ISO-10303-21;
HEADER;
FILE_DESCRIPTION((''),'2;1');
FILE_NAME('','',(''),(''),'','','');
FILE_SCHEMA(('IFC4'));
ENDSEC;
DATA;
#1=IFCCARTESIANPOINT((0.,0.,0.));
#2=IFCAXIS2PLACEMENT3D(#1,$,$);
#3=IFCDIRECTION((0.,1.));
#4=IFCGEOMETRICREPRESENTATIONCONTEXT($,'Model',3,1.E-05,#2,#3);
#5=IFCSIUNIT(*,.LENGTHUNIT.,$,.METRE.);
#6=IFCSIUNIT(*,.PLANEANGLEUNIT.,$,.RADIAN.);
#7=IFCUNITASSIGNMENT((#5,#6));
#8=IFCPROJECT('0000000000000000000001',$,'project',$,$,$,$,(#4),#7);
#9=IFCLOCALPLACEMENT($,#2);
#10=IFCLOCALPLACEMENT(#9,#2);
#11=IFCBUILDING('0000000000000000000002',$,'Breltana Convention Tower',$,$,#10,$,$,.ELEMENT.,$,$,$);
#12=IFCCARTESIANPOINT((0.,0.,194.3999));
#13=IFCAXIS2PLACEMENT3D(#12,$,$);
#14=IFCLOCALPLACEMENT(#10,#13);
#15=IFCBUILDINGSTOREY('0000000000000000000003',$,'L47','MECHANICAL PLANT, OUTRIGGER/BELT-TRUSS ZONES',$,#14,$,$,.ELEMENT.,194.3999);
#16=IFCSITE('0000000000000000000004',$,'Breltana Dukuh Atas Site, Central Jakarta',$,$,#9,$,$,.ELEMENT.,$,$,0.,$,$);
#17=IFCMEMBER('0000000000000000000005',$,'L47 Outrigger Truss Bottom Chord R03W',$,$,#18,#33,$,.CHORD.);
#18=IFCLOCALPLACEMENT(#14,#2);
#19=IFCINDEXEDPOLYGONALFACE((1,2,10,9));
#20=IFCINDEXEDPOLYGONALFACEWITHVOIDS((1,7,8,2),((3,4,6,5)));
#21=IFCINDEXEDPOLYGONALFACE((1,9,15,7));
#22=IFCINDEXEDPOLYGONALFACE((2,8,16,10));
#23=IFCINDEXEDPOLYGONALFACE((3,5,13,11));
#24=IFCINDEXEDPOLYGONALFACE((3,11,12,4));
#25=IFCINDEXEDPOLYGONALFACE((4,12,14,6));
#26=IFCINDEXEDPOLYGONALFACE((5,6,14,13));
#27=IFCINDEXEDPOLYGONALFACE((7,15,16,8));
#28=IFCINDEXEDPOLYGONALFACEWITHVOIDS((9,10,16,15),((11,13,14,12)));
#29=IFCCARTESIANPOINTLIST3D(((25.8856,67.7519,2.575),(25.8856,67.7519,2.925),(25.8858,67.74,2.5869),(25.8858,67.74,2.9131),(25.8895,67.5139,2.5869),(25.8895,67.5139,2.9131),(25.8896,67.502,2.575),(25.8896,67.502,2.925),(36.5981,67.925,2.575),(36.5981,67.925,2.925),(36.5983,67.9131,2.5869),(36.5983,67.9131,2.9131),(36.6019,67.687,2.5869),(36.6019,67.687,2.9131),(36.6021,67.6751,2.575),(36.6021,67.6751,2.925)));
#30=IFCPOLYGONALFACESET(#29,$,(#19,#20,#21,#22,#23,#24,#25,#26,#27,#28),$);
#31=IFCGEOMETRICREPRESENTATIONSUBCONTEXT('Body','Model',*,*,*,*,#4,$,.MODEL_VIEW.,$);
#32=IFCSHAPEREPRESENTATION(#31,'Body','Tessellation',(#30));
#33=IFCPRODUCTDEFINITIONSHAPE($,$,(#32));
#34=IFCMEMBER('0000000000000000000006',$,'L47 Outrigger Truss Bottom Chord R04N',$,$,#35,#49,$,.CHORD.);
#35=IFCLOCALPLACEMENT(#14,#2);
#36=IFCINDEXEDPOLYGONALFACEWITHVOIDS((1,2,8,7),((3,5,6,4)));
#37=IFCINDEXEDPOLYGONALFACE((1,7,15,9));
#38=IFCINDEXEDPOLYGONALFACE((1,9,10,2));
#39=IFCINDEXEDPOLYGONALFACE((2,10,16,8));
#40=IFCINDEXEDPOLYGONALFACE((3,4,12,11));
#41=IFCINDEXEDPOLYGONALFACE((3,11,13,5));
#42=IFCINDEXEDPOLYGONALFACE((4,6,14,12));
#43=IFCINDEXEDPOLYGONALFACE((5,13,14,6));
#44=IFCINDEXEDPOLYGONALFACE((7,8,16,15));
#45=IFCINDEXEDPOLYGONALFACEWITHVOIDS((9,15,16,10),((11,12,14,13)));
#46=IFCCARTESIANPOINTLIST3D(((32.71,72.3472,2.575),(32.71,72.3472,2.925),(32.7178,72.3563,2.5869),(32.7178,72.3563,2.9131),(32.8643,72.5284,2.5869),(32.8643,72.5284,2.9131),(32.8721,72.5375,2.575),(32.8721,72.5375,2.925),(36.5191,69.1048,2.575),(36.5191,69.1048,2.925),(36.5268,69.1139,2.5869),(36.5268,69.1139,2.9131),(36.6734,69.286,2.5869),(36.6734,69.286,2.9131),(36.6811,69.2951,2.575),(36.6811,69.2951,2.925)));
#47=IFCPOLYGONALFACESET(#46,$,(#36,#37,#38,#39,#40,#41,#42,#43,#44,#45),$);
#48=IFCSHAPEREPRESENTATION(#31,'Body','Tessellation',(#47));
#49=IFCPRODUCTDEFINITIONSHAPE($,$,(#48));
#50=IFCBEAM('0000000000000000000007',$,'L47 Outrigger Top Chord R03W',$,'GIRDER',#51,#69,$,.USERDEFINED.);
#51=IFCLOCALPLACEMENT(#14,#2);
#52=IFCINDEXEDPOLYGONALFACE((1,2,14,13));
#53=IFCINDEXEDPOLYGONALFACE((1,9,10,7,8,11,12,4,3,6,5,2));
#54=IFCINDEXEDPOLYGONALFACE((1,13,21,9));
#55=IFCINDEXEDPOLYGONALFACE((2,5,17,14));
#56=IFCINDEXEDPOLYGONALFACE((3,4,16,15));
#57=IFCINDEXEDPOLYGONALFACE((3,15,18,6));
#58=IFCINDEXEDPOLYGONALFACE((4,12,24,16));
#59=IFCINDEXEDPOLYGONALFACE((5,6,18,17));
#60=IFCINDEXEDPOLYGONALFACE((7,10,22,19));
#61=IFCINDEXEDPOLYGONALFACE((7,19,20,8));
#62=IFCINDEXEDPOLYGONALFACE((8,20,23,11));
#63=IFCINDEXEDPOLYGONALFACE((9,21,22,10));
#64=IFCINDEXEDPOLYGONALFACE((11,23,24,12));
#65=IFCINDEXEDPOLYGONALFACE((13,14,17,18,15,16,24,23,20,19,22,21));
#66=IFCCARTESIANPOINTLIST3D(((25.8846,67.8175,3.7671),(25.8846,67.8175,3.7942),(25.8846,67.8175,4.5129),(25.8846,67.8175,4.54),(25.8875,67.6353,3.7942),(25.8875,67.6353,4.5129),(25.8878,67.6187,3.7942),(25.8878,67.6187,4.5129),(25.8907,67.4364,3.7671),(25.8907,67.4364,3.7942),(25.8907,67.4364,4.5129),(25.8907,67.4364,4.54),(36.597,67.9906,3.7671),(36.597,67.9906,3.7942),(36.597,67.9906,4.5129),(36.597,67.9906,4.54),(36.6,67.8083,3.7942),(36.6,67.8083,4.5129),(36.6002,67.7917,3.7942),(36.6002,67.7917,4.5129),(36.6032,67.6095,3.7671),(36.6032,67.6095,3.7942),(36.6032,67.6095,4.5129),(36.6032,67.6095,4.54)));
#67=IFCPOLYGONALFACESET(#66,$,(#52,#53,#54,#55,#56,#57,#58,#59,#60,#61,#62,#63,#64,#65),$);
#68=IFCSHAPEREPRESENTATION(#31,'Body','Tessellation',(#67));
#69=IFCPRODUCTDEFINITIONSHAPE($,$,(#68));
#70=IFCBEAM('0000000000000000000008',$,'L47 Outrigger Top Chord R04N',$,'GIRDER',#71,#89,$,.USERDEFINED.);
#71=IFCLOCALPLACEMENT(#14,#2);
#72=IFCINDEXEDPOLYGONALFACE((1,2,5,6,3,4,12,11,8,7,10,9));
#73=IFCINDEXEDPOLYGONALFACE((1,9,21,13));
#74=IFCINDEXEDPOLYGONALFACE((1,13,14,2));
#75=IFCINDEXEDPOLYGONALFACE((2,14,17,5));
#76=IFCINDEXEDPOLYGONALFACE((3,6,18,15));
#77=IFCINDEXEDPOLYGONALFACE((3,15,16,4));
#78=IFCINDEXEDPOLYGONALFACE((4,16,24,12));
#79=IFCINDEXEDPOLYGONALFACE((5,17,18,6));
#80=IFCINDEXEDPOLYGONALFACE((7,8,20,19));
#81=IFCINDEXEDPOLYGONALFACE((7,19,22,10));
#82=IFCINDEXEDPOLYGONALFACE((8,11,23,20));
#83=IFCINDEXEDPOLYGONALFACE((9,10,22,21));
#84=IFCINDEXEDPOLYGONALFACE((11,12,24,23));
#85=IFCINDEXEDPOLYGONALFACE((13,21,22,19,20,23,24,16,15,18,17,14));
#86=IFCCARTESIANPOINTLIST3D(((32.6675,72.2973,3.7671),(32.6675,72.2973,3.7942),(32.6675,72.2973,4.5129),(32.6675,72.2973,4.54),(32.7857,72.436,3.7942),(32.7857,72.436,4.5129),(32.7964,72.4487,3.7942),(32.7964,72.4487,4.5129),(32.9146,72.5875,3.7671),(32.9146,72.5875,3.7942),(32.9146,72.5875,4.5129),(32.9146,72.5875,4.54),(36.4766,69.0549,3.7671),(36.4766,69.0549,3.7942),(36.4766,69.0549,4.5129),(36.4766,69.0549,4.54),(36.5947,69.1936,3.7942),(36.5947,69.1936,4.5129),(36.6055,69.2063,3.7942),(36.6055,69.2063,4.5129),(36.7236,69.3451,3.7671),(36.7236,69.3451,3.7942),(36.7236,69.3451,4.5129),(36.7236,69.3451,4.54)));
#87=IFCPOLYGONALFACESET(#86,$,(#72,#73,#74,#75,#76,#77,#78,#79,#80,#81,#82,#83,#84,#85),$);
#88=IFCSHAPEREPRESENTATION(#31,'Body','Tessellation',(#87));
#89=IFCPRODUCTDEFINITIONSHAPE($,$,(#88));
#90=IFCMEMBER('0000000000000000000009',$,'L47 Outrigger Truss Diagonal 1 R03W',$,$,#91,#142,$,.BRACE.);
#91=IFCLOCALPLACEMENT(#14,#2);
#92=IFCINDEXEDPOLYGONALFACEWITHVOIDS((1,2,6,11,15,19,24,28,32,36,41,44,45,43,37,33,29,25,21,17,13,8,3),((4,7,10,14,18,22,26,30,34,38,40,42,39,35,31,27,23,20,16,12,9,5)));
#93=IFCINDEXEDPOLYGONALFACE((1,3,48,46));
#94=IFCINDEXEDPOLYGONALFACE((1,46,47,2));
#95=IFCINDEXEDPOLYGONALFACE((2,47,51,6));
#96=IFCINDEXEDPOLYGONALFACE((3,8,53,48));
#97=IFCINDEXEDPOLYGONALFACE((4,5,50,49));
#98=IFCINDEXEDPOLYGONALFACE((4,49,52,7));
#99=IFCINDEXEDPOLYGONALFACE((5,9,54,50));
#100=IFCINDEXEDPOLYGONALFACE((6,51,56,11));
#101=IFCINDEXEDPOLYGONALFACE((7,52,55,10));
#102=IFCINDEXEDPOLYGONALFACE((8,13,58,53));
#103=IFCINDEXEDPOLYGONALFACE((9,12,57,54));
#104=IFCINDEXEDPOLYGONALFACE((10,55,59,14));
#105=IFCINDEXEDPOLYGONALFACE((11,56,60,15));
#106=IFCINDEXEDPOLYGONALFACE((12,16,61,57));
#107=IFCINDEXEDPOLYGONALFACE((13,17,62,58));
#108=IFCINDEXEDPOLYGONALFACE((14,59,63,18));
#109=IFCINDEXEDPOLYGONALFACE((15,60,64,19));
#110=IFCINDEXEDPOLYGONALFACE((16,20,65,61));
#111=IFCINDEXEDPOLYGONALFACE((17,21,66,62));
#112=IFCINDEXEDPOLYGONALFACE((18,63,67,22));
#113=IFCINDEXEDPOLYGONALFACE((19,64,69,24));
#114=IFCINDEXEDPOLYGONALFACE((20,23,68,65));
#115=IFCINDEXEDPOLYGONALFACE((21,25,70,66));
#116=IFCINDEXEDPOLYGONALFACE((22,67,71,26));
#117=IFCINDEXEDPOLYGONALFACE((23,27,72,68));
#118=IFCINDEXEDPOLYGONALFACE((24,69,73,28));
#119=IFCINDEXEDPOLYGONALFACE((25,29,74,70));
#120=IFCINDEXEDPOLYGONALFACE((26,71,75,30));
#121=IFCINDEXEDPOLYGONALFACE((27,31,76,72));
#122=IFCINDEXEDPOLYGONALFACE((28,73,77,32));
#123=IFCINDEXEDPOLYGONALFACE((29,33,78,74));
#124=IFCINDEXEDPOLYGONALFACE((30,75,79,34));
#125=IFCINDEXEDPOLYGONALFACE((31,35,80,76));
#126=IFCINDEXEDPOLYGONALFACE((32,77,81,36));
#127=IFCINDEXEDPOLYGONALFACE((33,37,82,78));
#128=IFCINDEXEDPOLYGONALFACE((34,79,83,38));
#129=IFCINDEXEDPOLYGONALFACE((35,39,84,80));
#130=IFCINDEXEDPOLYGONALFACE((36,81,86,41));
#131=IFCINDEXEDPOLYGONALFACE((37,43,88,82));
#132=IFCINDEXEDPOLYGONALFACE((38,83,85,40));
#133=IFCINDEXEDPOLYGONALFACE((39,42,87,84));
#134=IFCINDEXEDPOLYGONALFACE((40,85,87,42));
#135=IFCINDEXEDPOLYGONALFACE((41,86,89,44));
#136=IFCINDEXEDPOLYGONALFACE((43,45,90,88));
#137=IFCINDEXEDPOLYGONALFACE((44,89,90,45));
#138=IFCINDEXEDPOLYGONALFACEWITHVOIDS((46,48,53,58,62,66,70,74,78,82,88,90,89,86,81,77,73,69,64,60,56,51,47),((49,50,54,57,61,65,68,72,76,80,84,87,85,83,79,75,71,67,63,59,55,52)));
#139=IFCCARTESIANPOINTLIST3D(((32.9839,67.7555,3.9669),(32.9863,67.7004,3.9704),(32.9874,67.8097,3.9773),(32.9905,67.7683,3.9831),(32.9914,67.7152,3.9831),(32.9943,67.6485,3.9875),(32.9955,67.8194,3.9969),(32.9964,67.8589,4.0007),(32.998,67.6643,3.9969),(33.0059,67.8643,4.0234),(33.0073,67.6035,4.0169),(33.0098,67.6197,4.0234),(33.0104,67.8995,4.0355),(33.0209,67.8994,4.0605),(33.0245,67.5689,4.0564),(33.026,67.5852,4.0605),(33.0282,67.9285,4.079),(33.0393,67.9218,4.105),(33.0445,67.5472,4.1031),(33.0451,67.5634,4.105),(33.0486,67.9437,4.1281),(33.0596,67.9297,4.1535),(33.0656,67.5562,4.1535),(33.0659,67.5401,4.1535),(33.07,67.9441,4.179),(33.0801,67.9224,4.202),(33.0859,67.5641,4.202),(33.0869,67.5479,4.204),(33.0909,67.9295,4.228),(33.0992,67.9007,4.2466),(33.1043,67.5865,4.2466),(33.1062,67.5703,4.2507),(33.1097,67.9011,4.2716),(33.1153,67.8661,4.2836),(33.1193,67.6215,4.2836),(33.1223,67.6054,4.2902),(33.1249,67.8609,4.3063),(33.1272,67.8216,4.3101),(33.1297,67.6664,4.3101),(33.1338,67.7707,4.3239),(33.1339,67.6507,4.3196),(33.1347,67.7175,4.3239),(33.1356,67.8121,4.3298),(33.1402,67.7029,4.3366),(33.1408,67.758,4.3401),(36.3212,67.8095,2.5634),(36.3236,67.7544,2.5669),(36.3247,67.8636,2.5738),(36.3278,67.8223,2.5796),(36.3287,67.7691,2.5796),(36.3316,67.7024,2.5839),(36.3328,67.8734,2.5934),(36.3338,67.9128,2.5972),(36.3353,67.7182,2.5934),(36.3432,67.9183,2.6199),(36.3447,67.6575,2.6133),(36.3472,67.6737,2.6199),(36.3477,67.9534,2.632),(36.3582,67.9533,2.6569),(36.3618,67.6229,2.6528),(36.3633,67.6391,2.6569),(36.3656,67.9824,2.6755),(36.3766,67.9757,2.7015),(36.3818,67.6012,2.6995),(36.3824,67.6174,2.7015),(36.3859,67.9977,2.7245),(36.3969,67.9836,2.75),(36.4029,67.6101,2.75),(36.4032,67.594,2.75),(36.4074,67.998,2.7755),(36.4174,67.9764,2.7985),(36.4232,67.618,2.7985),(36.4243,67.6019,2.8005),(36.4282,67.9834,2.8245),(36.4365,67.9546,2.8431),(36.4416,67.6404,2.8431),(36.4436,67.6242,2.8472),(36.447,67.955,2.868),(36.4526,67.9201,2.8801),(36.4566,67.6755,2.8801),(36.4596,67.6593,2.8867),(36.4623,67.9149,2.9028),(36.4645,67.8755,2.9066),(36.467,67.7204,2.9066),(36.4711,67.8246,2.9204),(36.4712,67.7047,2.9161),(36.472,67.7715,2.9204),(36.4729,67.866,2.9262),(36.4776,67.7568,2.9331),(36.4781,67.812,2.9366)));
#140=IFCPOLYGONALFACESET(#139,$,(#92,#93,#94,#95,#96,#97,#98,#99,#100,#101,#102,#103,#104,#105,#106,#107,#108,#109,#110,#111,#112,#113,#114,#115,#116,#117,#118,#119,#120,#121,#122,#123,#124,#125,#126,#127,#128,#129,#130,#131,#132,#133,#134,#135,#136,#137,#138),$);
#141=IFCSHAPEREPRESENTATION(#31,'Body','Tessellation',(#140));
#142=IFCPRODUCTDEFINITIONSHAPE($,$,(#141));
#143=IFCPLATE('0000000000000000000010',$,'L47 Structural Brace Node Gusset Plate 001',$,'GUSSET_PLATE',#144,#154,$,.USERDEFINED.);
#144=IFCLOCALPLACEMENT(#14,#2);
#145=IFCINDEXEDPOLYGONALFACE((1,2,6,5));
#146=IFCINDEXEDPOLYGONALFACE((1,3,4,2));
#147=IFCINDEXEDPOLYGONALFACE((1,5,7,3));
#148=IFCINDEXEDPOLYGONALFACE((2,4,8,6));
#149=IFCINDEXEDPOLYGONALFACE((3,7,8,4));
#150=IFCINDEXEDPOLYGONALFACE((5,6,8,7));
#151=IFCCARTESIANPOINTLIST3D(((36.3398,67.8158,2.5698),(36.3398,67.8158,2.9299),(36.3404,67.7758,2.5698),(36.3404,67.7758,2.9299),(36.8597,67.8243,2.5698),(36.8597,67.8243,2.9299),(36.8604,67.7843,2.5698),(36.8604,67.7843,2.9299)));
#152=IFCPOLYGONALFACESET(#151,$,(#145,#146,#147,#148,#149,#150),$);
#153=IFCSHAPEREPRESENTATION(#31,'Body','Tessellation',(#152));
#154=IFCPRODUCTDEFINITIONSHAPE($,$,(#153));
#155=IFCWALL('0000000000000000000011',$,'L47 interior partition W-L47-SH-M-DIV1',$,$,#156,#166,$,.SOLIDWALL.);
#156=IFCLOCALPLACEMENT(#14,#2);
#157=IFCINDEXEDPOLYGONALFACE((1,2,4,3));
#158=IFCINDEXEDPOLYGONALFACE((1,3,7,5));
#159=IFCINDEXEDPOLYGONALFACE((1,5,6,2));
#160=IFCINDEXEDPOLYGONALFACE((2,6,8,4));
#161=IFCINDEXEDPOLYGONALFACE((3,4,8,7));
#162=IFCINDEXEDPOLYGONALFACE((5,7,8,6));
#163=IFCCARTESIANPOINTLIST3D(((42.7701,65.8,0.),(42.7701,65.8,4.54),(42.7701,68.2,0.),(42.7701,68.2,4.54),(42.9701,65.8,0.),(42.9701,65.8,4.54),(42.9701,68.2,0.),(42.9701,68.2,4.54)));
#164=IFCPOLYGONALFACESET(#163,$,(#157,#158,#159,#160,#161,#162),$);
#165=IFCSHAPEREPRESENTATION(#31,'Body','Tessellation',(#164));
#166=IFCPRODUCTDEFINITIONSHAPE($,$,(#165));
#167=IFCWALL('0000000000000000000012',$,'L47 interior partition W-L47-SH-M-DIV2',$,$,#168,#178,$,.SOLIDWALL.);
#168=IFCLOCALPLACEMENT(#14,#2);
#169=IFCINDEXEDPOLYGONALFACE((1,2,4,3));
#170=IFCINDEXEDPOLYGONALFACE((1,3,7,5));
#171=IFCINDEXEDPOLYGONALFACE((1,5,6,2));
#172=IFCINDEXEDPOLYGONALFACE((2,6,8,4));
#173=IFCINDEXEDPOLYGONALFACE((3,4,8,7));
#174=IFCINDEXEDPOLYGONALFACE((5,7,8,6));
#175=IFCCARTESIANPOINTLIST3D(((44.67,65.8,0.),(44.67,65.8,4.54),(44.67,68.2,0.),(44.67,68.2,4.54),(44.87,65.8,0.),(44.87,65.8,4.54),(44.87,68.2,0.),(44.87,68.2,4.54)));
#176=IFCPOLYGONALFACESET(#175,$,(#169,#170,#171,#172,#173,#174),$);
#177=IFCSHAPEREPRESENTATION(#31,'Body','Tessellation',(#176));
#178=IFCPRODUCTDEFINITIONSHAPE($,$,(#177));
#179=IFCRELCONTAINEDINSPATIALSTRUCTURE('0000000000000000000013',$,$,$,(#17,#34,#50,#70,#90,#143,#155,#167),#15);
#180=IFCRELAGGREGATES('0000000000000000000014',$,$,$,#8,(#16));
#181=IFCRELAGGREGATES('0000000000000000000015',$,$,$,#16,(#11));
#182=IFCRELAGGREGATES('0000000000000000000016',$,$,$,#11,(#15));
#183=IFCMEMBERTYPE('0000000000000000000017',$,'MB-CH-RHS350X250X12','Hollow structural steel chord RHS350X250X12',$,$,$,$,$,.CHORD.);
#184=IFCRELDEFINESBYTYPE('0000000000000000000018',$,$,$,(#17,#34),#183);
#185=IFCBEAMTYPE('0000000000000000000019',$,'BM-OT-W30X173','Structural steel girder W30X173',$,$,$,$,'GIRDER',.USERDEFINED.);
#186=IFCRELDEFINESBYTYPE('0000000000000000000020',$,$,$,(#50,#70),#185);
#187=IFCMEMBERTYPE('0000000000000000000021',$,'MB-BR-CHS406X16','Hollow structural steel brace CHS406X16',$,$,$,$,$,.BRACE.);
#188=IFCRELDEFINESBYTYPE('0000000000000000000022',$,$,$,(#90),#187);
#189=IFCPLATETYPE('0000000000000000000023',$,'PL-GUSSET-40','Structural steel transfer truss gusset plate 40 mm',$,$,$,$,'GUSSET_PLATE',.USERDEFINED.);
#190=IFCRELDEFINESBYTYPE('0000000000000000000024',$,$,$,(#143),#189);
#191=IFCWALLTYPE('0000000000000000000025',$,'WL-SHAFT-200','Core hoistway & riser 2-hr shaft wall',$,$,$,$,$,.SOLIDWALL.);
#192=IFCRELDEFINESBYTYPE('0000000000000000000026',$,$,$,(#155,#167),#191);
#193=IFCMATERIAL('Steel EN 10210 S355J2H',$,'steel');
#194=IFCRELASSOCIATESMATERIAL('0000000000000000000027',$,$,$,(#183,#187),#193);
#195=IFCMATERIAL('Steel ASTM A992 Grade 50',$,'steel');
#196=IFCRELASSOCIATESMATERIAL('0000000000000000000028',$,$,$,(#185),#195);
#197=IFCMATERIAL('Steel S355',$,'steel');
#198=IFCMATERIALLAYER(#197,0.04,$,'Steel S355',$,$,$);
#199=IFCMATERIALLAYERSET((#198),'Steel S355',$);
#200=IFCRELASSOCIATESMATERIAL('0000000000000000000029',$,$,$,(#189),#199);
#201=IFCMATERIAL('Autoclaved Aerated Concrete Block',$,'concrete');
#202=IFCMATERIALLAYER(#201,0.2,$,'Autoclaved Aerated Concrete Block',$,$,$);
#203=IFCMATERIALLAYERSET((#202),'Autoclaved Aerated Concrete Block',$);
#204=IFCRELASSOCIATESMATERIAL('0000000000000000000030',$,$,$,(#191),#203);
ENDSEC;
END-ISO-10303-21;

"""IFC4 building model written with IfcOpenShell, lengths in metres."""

from ifc_helpers import new_model, si_unit, direction, frame, frame_2d, origin, origin_2d, place, context, subcontext, project, spatial, rectangle, hollow_rectangle, hollow_circle, i_section, extrude, source, transform, mapped, material, layer, layer_set, material_profile, profile_set, type_object, type_shapes, element, save


model = new_model("IFC4")

# Units and contexts
model_context = context("Model", 3, precision=1e-05, world=origin(), true_north=direction((0.0, 1.0)))
body_context = subcontext(model_context, "Body", "Model", "MODEL_VIEW")
ifc_project = project(units=[si_unit("LENGTHUNIT", "METRE"), si_unit("PLANEANGLEUNIT", "RADIAN")], contexts=[model_context])

# Site, building, storey
site_placement = place(None, origin())
site = spatial("IfcSite", under=ifc_project, at=site_placement, Name="Breltana Dukuh Atas Site, Central Jakarta", CompositionType="ELEMENT", RefElevation=0.0)
building_placement = place(site_placement, origin())
building = spatial("IfcBuilding", under=site, at=building_placement, Name="Breltana Convention Tower", CompositionType="ELEMENT")
storey_placement = place(building_placement, frame((0.0, 0.0, 194.3999)))
storey = spatial("IfcBuildingStorey", under=building, at=storey_placement, Name="L47", Description="MECHANICAL PLANT, OUTRIGGER/BELT-TRUSS ZONES", CompositionType="ELEMENT", Elevation=194.3999)

# Members
ifc_material_1 = material(Name="Steel EN 10210 S355J2H", Category="steel")
ifc_material_profile_1 = material_profile(ifc_material_1, hollow_rectangle(XDim=0.25, YDim=0.3501, WallThickness=0.012, at=origin_2d()), Name="RHS350X250X12")
ifc_profile_set_1 = profile_set([ifc_material_profile_1], Name="Steel EN 10210 S355J2H")
member_type_1 = type_object("IfcMemberType", Name="MB-CH-RHS350X250X12", Description="Hollow structural steel chord RHS350X250X12", PredefinedType="CHORD", material=ifc_profile_set_1)
shared_shape_1 = source(origin(), body_context, "Body", "SweptSolid", [
    extrude(hollow_rectangle(XDim=0.25, YDim=0.3501, WallThickness=0.012, at=origin_2d()), origin(), (0.0, 0.0, 1.0), 10.7139),
])
type_shapes(member_type_1, [shared_shape_1])
member_1_placement = place(storey_placement, frame((36.6001, 67.8, 2.75), z_axis=(-0.999869, -0.016156, 0.0), x_axis=(0.016156, -0.999869, 0.0)))
element("IfcMember", 1, at=member_1_placement, inside=storey, type_object=member_type_1, Name="L47 Outrigger Truss Bottom Chord R03W", PredefinedType="CHORD", context=body_context, shape_type="MappedRepresentation", body=[
    mapped(shared_shape_1, transform((0.0, 0.0, 0.0), scale=1.0)),
])
shared_shape_2 = source(origin(), body_context, "Body", "SweptSolid", [
    extrude(hollow_rectangle(XDim=0.25, YDim=0.3501, WallThickness=0.012, at=origin_2d()), origin(), (0.0, 0.0, 1.0), 5.0022),
])
member_2_placement = place(storey_placement, frame((36.6001, 69.2, 2.75), z_axis=(-0.761474, 0.648195, 0.0), x_axis=(-0.648195, -0.761474, 0.0)))
element("IfcMember", 2, at=member_2_placement, inside=storey, type_object=member_type_1, Name="L47 Outrigger Truss Bottom Chord R04N", PredefinedType="CHORD", context=body_context, shape_type="MappedRepresentation", body=[
    mapped(shared_shape_2, transform((0.0, 0.0, 0.0), scale=1.0)),
])

# Beams
ifc_material_2 = material(Name="Steel ASTM A992 Grade 50", Category="steel")
ifc_material_profile_2 = material_profile(ifc_material_2, i_section(OverallWidth=0.3811, OverallDepth=0.7729, WebThickness=0.0166, FlangeThickness=0.0271, at=origin_2d()), Name="W30X173")
ifc_profile_set_2 = profile_set([ifc_material_profile_2], Name="Steel ASTM A992 Grade 50")
beam_type = type_object("IfcBeamType", Name="BM-OT-W30X173", Description="Structural steel girder W30X173", ElementType="GIRDER", PredefinedType="USERDEFINED", material=ifc_profile_set_2)
shared_shape_3 = source(origin(), body_context, "Body", "SweptSolid", [
    extrude(i_section(OverallWidth=0.3811, OverallDepth=0.7729, WebThickness=0.0166, FlangeThickness=0.0271, at=origin_2d()), origin(), (0.0, 0.0, 1.0), 10.7139),
])
type_shapes(beam_type, [shared_shape_3])
beam_1_placement = place(storey_placement, frame((36.6001, 67.8, 4.1536), z_axis=(-0.999869, -0.016156, 0.0), x_axis=(0.016156, -0.999869, 0.0)))
element("IfcBeam", 3, at=beam_1_placement, inside=storey, type_object=beam_type, Name="L47 Outrigger Top Chord R03W", ObjectType="GIRDER", PredefinedType="USERDEFINED", context=body_context, shape_type="MappedRepresentation", body=[
    mapped(shared_shape_3, transform((0.0, 0.0, 0.0), scale=1.0)),
])
shared_shape_4 = source(origin(), body_context, "Body", "SweptSolid", [
    extrude(i_section(OverallWidth=0.3811, OverallDepth=0.7729, WebThickness=0.0166, FlangeThickness=0.0271, at=origin_2d()), origin(), (0.0, 0.0, 1.0), 5.0022),
])
beam_2_placement = place(storey_placement, frame((36.6001, 69.2, 4.1536), z_axis=(-0.761474, 0.648195, 0.0), x_axis=(-0.648195, -0.761474, 0.0)))
element("IfcBeam", 4, at=beam_2_placement, inside=storey, type_object=beam_type, Name="L47 Outrigger Top Chord R04N", ObjectType="GIRDER", PredefinedType="USERDEFINED", context=body_context, shape_type="MappedRepresentation", body=[
    mapped(shared_shape_4, transform((0.0, 0.0, 0.0), scale=1.0)),
])

# Member
ifc_material_profile_3 = material_profile(ifc_material_1, hollow_circle(Radius=0.2029, WallThickness=0.0161, at=origin_2d()), Name="CHS406X16")
ifc_profile_set_3 = profile_set([ifc_material_profile_3], Name="Steel EN 10210 S355J2H")
member_type_2 = type_object("IfcMemberType", Name="MB-BR-CHS406X16", Description="Hollow structural steel brace CHS406X16", PredefinedType="BRACE", material=ifc_profile_set_3)
shared_shape_5 = source(origin(), body_context, "Body", "SweptSolid", [
    extrude(hollow_circle(Radius=0.2029, WallThickness=0.0161, at=origin_2d()), origin(), (0.0, 0.0, 1.0), 3.6208),
])
member_3_placement = place(storey_placement, frame((36.3999, 67.7969, 2.75), z_axis=(-0.921697, -0.014901, 0.387625), x_axis=(0.016165, -0.999869, 0.0)))
element("IfcMember", 5, at=member_3_placement, inside=storey, type_object=member_type_2, Name="L47 Outrigger Truss Diagonal 1 R03W", PredefinedType="BRACE", context=body_context, shape_type="MappedRepresentation", body=[
    mapped(shared_shape_5, transform((0.0, 0.0, 0.0), scale=1.0)),
])

# Plate
ifc_material_3 = material(Name="Steel S355", Category="steel")
ifc_layer_1 = layer(ifc_material_3, 0.04, Name="Steel S355")
ifc_layer_set_1 = layer_set([ifc_layer_1], Name="Steel S355")
plate_type = type_object("IfcPlateType", Name="PL-GUSSET-40", Description="Structural steel transfer truss gusset plate 40 mm", ElementType="GUSSET_PLATE", PredefinedType="USERDEFINED", material=ifc_layer_set_1)
shared_shape_6 = source(origin(), body_context, "Body", "SweptSolid", [
    extrude(rectangle(XDim=0.52, YDim=0.04, at=origin_2d()), origin(), (0.0, 0.0, 1.0), 0.3601),
])
plate_placement = place(storey_placement, frame((36.6001, 67.8, 2.5698), z_axis=(0.0, 0.0, 1.0), x_axis=(-0.999868, -0.016231, 0.0)))
element("IfcPlate", 6, at=plate_placement, inside=storey, type_object=plate_type, Name="L47 Structural Brace Node Gusset Plate 001", ObjectType="GUSSET_PLATE", PredefinedType="USERDEFINED", context=body_context, shape_type="MappedRepresentation", body=[
    mapped(shared_shape_6, transform((0.0, 0.0, 0.0), scale=1.0)),
])

# Walls
ifc_material_4 = material(Name="Autoclaved Aerated Concrete Block", Category="concrete")
ifc_layer_2 = layer(ifc_material_4, 0.2, Name="Autoclaved Aerated Concrete Block")
ifc_layer_set_2 = layer_set([ifc_layer_2], Name="Autoclaved Aerated Concrete Block")
wall_type = type_object("IfcWallType", Name="WL-SHAFT-200", Description="Core hoistway & riser 2-hr shaft wall", PredefinedType="SOLIDWALL", material=ifc_layer_set_2)
shared_shape_7 = source(origin(), body_context, "Body", "SweptSolid", [
    extrude(rectangle(XDim=2.3999, YDim=0.2, at=frame_2d((1.2, 0.0))), origin(), (0.0, 0.0, 1.0), 4.54),
])
for number, where, z_axis, x_axis, name in (
    (7, (42.8701, 65.8, 0.0), (0.0, 0.0, 1.0), (0.0, 1.0, 0.0), "L47 interior partition W-L47-SH-M-DIV1"),
    (8, (44.77, 65.8, 0.0), (0.0, 0.0, 1.0), (0.0, 1.0, 0.0), "L47 interior partition W-L47-SH-M-DIV2"),
):
    element("IfcWall", number, at=place(storey_placement, frame(where, z_axis=z_axis, x_axis=x_axis)), inside=storey, type_object=wall_type, Name=name, PredefinedType="SOLIDWALL", context=body_context, shape_type="MappedRepresentation", body=[
        mapped(shared_shape_7, transform((0.0, 0.0, 0.0), scale=1.0)),
    ])

save(model, "model.ifc")
